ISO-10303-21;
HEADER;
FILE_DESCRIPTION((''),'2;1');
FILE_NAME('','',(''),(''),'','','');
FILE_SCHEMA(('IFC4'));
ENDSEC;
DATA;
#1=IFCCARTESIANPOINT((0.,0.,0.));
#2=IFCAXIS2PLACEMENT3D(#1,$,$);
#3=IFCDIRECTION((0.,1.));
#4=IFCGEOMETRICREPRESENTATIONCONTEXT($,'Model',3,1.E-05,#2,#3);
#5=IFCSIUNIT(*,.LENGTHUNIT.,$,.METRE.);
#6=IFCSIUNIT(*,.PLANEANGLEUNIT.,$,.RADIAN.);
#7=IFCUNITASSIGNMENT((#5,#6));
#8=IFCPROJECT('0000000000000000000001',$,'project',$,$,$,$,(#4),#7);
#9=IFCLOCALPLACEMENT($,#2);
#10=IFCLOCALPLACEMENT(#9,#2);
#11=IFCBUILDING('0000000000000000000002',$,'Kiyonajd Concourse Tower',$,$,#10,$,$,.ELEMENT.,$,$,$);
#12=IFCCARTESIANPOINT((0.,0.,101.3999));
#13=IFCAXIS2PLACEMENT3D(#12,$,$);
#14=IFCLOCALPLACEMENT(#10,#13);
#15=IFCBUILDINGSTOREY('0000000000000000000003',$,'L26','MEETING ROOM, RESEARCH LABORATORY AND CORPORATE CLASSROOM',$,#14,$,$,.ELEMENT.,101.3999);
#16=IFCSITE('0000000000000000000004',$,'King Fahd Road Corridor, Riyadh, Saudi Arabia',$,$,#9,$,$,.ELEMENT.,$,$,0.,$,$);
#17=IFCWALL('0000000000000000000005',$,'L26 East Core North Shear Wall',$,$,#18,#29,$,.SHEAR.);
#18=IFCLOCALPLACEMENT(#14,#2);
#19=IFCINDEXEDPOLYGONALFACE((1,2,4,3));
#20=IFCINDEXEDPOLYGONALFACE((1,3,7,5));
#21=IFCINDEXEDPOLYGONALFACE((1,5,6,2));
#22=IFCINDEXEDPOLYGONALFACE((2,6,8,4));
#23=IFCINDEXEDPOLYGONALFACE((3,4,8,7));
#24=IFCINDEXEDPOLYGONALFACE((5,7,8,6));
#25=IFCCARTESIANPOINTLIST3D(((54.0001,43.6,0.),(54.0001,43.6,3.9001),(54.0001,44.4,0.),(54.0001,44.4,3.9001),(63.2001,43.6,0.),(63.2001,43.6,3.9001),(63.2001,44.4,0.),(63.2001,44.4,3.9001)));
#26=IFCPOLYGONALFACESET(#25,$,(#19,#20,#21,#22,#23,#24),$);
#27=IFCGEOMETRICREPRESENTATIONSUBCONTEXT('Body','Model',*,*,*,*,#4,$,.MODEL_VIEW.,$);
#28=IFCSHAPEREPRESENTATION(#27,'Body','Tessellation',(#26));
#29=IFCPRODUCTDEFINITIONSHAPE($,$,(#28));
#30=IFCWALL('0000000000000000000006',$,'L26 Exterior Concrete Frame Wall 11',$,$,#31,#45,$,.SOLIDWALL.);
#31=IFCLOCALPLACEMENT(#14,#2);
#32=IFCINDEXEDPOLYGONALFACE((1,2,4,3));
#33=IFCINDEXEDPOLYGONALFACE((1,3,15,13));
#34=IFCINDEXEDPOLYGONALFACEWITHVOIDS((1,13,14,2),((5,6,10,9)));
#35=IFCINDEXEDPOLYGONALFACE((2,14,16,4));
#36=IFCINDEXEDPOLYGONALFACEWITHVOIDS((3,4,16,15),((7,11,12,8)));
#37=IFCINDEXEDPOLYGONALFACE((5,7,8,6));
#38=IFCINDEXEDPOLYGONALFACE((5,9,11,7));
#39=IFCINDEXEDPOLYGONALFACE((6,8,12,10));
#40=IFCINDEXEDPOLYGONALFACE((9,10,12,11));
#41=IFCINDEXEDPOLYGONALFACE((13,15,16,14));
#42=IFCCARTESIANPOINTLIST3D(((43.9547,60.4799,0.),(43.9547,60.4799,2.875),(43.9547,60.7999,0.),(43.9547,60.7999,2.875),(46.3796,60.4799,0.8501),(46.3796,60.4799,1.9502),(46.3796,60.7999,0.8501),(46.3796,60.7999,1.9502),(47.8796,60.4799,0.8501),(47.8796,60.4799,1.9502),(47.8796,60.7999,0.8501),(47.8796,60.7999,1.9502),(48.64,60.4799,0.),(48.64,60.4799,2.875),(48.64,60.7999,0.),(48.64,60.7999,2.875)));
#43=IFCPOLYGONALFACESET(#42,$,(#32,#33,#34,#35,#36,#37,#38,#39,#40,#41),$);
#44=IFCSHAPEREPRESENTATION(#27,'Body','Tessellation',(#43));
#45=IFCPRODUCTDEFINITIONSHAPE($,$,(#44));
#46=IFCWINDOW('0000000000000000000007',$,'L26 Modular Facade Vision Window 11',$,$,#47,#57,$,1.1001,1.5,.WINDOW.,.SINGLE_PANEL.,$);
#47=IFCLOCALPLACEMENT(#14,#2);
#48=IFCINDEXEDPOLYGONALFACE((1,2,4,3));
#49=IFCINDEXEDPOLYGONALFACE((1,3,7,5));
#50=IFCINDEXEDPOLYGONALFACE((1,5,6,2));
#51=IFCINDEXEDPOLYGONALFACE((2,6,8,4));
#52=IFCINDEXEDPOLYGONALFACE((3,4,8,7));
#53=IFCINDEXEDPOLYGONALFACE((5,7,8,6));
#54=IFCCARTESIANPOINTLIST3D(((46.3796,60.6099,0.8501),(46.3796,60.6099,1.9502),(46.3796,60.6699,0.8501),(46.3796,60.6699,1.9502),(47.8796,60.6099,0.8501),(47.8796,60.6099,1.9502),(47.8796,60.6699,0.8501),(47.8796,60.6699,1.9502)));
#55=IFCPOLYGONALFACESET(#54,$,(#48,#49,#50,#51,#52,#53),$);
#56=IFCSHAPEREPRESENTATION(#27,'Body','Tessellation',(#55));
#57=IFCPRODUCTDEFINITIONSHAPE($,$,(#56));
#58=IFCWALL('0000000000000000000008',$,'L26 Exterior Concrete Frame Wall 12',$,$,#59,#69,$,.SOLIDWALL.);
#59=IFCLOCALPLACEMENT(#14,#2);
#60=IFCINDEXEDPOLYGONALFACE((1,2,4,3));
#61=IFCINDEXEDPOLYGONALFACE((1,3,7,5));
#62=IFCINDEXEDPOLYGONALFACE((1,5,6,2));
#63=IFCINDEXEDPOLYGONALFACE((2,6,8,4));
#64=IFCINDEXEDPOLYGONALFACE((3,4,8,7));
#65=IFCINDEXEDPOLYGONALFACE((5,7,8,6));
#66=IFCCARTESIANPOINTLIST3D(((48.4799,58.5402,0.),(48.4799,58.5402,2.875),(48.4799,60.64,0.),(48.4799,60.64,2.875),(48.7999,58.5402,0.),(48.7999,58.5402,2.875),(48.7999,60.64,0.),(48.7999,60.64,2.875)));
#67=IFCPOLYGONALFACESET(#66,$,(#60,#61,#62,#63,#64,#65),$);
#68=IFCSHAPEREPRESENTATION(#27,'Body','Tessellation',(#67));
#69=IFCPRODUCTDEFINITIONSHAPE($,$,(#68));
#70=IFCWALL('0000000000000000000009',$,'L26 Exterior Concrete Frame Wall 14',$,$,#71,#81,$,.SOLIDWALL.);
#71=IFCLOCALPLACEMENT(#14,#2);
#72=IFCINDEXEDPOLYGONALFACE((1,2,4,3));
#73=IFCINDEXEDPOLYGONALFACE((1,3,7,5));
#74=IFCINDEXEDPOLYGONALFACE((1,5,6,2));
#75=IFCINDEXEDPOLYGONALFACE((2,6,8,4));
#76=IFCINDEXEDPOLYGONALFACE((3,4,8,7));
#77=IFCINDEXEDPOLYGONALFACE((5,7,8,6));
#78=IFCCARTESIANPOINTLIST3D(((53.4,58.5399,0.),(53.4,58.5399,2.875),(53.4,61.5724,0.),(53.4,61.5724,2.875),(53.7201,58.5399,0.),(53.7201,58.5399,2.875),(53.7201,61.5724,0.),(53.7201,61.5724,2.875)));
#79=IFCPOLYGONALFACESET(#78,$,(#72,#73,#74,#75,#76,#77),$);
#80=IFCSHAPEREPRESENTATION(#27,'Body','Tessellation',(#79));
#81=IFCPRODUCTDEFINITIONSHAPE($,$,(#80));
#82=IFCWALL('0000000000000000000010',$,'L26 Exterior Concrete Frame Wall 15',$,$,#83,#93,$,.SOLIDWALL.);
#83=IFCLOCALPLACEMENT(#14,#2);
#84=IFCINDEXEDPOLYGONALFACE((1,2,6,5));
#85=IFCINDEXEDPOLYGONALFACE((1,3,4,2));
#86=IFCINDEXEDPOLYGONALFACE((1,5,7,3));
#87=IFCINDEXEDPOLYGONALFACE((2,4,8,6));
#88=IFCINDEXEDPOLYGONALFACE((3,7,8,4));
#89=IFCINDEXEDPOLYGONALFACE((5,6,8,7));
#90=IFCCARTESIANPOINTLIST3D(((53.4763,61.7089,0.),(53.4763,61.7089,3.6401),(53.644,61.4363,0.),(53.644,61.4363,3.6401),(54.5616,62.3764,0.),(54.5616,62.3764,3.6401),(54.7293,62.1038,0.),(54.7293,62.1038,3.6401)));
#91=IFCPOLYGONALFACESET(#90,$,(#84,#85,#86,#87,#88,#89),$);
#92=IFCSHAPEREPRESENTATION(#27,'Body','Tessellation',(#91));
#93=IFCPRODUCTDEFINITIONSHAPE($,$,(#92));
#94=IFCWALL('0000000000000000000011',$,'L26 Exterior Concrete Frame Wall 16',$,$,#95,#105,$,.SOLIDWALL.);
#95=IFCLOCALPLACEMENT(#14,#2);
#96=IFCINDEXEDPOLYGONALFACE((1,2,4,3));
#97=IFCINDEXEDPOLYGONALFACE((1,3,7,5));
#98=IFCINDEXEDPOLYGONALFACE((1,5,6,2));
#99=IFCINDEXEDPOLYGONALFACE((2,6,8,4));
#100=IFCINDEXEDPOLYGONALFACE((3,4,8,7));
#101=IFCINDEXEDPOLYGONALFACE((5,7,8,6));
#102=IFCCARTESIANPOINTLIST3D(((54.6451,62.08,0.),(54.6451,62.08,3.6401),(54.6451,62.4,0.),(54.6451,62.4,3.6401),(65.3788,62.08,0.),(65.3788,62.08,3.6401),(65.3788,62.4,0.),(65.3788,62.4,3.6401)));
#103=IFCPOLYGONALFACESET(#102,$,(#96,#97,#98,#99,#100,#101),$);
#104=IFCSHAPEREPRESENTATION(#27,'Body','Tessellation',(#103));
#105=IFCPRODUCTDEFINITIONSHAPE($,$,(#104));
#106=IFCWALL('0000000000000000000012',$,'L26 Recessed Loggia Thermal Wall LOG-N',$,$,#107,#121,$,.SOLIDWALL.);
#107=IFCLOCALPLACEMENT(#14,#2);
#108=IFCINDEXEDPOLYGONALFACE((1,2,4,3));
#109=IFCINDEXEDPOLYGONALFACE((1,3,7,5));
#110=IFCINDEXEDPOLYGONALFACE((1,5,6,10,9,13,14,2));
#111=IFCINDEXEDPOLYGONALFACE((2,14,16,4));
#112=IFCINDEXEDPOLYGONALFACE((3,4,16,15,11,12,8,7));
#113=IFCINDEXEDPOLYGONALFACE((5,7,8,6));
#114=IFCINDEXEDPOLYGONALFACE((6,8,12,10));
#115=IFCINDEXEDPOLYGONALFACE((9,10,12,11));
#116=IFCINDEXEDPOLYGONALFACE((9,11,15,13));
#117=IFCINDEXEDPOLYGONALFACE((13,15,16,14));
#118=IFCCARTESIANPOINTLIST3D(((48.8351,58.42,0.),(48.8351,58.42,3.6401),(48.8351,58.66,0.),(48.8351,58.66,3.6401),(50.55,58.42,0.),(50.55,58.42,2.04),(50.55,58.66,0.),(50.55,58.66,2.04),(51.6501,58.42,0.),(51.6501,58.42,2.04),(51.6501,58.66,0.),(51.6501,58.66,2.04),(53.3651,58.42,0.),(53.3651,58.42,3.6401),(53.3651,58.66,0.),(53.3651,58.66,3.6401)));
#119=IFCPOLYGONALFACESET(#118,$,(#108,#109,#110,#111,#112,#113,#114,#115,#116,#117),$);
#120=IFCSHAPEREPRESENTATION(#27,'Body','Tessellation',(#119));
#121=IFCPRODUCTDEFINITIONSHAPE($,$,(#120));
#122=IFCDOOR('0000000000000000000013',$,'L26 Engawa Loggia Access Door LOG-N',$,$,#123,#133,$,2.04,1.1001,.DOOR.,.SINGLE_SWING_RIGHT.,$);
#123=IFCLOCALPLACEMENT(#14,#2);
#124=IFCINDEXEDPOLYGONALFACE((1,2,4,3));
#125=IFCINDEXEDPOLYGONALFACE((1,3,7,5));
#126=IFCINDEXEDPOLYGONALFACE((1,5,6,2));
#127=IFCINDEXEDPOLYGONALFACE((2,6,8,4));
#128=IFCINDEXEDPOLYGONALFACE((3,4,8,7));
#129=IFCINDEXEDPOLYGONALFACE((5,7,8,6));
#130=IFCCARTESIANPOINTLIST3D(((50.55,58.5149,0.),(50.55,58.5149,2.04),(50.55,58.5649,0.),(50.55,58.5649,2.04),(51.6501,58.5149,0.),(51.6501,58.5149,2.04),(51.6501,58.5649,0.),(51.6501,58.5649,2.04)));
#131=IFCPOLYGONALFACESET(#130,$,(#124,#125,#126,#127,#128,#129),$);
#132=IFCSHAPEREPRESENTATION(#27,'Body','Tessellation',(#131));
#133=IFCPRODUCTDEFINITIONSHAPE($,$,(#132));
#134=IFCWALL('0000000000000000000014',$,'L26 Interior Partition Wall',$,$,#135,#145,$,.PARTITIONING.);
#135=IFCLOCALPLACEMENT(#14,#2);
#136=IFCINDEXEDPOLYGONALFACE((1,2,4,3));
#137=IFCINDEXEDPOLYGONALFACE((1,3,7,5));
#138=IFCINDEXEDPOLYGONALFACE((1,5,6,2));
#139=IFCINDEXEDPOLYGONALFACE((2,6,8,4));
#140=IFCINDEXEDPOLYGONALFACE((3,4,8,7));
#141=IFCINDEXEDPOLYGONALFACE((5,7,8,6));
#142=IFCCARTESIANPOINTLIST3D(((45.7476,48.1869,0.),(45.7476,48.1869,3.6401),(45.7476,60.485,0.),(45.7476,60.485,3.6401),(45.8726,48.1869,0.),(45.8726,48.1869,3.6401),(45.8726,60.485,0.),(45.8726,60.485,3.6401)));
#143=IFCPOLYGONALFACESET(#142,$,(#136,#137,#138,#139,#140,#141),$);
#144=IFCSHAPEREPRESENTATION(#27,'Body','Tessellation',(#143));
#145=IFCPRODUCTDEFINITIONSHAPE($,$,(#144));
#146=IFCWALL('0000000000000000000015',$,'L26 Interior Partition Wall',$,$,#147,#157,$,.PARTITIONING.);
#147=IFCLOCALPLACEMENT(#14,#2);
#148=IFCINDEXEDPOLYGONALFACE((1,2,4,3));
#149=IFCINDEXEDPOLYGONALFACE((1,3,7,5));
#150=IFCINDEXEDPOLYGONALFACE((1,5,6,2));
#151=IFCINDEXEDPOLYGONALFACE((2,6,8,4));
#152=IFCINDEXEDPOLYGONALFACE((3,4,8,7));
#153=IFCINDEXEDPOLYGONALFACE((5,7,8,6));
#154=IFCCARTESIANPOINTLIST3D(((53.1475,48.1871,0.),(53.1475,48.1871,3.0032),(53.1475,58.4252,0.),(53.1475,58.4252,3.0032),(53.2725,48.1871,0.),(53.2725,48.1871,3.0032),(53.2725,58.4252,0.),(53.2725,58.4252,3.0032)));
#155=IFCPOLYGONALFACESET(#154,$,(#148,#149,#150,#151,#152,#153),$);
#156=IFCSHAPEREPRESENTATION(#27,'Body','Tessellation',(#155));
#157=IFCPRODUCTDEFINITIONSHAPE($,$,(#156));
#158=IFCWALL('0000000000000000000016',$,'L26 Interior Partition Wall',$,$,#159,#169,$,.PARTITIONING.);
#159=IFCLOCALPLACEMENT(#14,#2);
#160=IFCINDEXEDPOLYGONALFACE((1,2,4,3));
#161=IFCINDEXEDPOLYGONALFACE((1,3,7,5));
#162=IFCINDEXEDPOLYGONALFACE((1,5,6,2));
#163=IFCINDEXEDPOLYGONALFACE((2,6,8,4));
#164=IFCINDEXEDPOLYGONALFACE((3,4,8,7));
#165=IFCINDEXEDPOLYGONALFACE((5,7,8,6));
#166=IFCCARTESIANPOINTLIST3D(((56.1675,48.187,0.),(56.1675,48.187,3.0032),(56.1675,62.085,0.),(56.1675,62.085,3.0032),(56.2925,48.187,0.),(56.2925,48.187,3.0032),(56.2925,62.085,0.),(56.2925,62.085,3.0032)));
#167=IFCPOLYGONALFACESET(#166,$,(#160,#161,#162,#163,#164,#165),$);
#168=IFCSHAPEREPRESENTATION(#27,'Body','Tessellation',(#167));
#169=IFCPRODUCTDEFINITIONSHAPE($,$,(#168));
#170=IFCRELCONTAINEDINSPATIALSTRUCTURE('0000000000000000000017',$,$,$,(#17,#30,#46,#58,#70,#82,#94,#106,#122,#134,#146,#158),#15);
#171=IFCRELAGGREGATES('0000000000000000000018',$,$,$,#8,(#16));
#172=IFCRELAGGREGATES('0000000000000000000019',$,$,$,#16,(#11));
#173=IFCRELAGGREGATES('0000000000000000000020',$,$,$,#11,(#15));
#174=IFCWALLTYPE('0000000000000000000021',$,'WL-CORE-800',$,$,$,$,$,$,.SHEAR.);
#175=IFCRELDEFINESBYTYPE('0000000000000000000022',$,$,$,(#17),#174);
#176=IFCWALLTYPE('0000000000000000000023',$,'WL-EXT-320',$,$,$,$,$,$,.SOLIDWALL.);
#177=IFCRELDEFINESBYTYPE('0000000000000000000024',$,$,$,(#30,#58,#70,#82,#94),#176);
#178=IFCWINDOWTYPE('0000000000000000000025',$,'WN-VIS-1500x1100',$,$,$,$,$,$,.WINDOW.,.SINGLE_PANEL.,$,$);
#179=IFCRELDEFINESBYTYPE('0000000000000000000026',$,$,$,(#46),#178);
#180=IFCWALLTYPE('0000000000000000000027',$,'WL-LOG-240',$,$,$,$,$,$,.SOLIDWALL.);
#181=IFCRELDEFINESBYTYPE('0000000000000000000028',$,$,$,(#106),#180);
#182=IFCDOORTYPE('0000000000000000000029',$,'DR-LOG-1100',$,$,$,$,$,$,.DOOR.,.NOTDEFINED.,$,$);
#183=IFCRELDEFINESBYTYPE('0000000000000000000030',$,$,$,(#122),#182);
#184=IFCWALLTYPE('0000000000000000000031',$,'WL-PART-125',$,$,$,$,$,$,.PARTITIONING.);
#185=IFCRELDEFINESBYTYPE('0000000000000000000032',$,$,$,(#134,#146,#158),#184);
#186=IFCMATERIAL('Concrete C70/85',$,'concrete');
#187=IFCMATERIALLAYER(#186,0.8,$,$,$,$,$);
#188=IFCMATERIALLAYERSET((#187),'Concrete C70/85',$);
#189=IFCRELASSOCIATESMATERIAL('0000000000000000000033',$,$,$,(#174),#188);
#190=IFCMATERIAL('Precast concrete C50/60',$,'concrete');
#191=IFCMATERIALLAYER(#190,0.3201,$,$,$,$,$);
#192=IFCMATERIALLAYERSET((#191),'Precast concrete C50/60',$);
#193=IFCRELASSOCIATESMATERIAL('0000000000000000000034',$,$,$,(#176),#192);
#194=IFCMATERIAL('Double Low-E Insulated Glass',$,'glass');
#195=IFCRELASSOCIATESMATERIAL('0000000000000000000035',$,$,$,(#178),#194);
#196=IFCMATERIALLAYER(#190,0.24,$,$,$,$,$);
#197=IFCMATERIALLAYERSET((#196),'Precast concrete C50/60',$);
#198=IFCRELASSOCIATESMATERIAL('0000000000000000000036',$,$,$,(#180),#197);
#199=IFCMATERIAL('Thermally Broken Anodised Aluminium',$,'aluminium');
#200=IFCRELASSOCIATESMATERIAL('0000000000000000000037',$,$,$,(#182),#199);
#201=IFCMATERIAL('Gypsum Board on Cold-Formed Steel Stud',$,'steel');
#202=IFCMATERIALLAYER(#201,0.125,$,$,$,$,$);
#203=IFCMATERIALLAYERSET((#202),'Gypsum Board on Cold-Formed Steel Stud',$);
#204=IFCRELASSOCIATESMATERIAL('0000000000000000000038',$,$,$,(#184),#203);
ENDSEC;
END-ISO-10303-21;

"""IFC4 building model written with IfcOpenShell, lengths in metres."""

from ifc_helpers import new_model, si_unit, direction, frame, frame_2d, origin, place, context, subcontext, project, spatial, rectangle, extrude, material, layer, layer_set, type_object, element, fill, save


model = new_model("IFC4")

# Units and contexts
model_context = context("Model", 3, precision=1e-05, world=origin(), true_north=direction((0.0, 1.0)))
body_context = subcontext(model_context, "Body", "Model", "MODEL_VIEW")
ifc_project = project(units=[si_unit("LENGTHUNIT", "METRE"), si_unit("PLANEANGLEUNIT", "RADIAN")], contexts=[model_context])

# Site, building, storey
site_placement = place(None, origin())
site = spatial("IfcSite", under=ifc_project, at=site_placement, Name="King Fahd Road Corridor, Riyadh, Saudi Arabia", CompositionType="ELEMENT", RefElevation=0.0)
building_placement = place(site_placement, origin())
building = spatial("IfcBuilding", under=site, at=building_placement, Name="Kiyonajd Concourse Tower", CompositionType="ELEMENT")
storey_placement = place(building_placement, frame((0.0, 0.0, 101.3999)))
storey = spatial("IfcBuildingStorey", under=building, at=storey_placement, Name="L26", Description="MEETING ROOM, RESEARCH LABORATORY AND CORPORATE CLASSROOM", CompositionType="ELEMENT", Elevation=101.3999)

# Shared definitions
ifc_material_1 = material(Name="Concrete C70/85", Category="concrete")

# Shared definitions
ifc_material_2 = material(Name="Precast concrete C50/60", Category="concrete")

# Shared definitions
ifc_material_3 = material(Name="Thermally Broken Anodised Aluminium", Category="aluminium")

# Wall
ifc_layer_1 = layer(ifc_material_1, 0.8)
ifc_layer_set_1 = layer_set([ifc_layer_1], Name="Concrete C70/85")
wall_type_1 = type_object("IfcWallType", Name="WL-CORE-800", PredefinedType="SHEAR", material=ifc_layer_set_1)
wall_1_placement = place(storey_placement, frame((54.0, 44.0, 0.0), z_axis=(0.0, 0.0, 1.0), x_axis=(1.0, 0.0, 0.0)))
element("IfcWall", 1, at=wall_1_placement, inside=storey, type_object=wall_type_1, Name="L26 East Core North Shear Wall", PredefinedType="SHEAR", context=body_context, shape_type="SweptSolid", body=[
    extrude(rectangle(XDim=9.2, YDim=0.8, at=frame_2d((4.6001, 0.0))), origin(), (0.0, 0.0, 1.0), 3.9001),
])

# Wall, opening, window
ifc_layer_2 = layer(ifc_material_2, 0.3201)
ifc_layer_set_2 = layer_set([ifc_layer_2], Name="Precast concrete C50/60")
wall_type_2 = type_object("IfcWallType", Name="WL-EXT-320", PredefinedType="SOLIDWALL", material=ifc_layer_set_2)
wall_2_placement = place(storey_placement, frame((43.9546, 60.6399, 0.0), z_axis=(0.0, 0.0, 1.0), x_axis=(1.0, 0.0, 0.0)))
wall_2 = element("IfcWall", 2, at=wall_2_placement, inside=storey, type_object=wall_type_2, Name="L26 Exterior Concrete Frame Wall 11", PredefinedType="SOLIDWALL", context=body_context, shape_type="SweptSolid", body=[
    extrude(rectangle(XDim=4.6853, YDim=0.3201, at=frame_2d((2.3428, 0.0))), origin(), (0.0, 0.0, 1.0), 2.875),
])
opening_1_placement = place(wall_2_placement, frame((2.425, 0.0, 0.8501)))
opening_1 = element("IfcOpeningElement", 3, at=opening_1_placement, cuts=wall_2, PredefinedType="OPENING", context=body_context, shape_type="SweptSolid", body=[
    extrude(rectangle(XDim=1.5, YDim=1.1001, at=frame_2d((0.75, 0.55))), frame((0.0, 0.1699, 0.0), z_axis=(0.0, -1.0, 0.0), x_axis=(1.0, 0.0, 0.0)), (0.0, 0.0, 1.0), 0.3401),
])
ifc_material_4 = material(Name="Double Low-E Insulated Glass", Category="glass")
window_type = type_object("IfcWindowType", Name="WN-VIS-1500x1100", PartitioningType="SINGLE_PANEL", PredefinedType="WINDOW", material=ifc_material_4)
window_placement = place(opening_1_placement, origin())
window = element("IfcWindow", 4, at=window_placement, inside=storey, type_object=window_type, Name="L26 Modular Facade Vision Window 11", OverallHeight=1.1001, OverallWidth=1.5, PartitioningType="SINGLE_PANEL", PredefinedType="WINDOW", context=body_context, shape_type="SweptSolid", body=[
    extrude(rectangle(XDim=1.5, YDim=1.1001, at=frame_2d((0.75, 0.55))), frame((0.0, 0.03, 0.0), z_axis=(0.0, -1.0, 0.0), x_axis=(1.0, 0.0, 0.0)), (0.0, 0.0, 1.0), 0.0601),
])
fill(opening_1, window)

# Walls
wall_3_placement = place(storey_placement, frame((48.6399, 60.6399, 0.0), z_axis=(0.0, 0.0, 1.0), x_axis=(0.0, -1.0, 0.0)))
element("IfcWall", 5, at=wall_3_placement, inside=storey, type_object=wall_type_2, Name="L26 Exterior Concrete Frame Wall 12", PredefinedType="SOLIDWALL", context=body_context, shape_type="SweptSolid", body=[
    extrude(rectangle(XDim=2.0999, YDim=0.3201, at=frame_2d((1.0498, 0.0))), origin(), (0.0, 0.0, 1.0), 2.875),
])
wall_4_placement = place(storey_placement, frame((53.5601, 58.54, 0.0), z_axis=(0.0, 0.0, 1.0), x_axis=(0.0, 1.0, 0.0)))
element("IfcWall", 6, at=wall_4_placement, inside=storey, type_object=wall_type_2, Name="L26 Exterior Concrete Frame Wall 14", PredefinedType="SOLIDWALL", context=body_context, shape_type="SweptSolid", body=[
    extrude(rectangle(XDim=3.0325, YDim=0.3201, at=frame_2d((1.5161, 0.0))), origin(), (0.0, 0.0, 1.0), 2.875),
])
wall_5_placement = place(storey_placement, frame((53.5601, 61.5725, 0.0), z_axis=(0.0, 0.0, 1.0), x_axis=(0.851777, 0.523905, 0.0)))
element("IfcWall", 7, at=wall_5_placement, inside=storey, type_object=wall_type_2, Name="L26 Exterior Concrete Frame Wall 15", PredefinedType="SOLIDWALL", context=body_context, shape_type="SweptSolid", body=[
    extrude(rectangle(XDim=1.2742, YDim=0.3201, at=frame_2d((0.6372, 0.0))), origin(), (0.0, 0.0, 1.0), 3.6401),
])
wall_6_placement = place(storey_placement, frame((54.6453, 62.24, 0.0), z_axis=(0.0, 0.0, 1.0), x_axis=(1.0, 0.0, 0.0)))
element("IfcWall", 8, at=wall_6_placement, inside=storey, type_object=wall_type_2, Name="L26 Exterior Concrete Frame Wall 16", PredefinedType="SOLIDWALL", context=body_context, shape_type="SweptSolid", body=[
    extrude(rectangle(XDim=10.7336, YDim=0.3201, at=frame_2d((5.3667, 0.0))), origin(), (0.0, 0.0, 1.0), 3.6401),
])

# Wall, opening, door
ifc_layer_3 = layer(ifc_material_2, 0.24)
ifc_layer_set_3 = layer_set([ifc_layer_3], Name="Precast concrete C50/60")
wall_type_3 = type_object("IfcWallType", Name="WL-LOG-240", PredefinedType="SOLIDWALL", material=ifc_layer_set_3)
wall_7_placement = place(storey_placement, frame((48.835, 58.54, 0.0), z_axis=(0.0, 0.0, 1.0), x_axis=(1.0, 0.0, 0.0)))
wall_7 = element("IfcWall", 9, at=wall_7_placement, inside=storey, type_object=wall_type_3, Name="L26 Recessed Loggia Thermal Wall LOG-N", PredefinedType="SOLIDWALL", context=body_context, shape_type="SweptSolid", body=[
    extrude(rectangle(XDim=4.53, YDim=0.24, at=frame_2d((2.2651, 0.0))), origin(), (0.0, 0.0, 1.0), 3.6401),
])
opening_2_placement = place(wall_7_placement, frame((1.7151, 0.0, 0.0)))
opening_2 = element("IfcOpeningElement", 10, at=opening_2_placement, cuts=wall_7, PredefinedType="OPENING", context=body_context, shape_type="SweptSolid", body=[
    extrude(rectangle(XDim=1.1001, YDim=2.04, at=frame_2d((0.55, 1.02))), frame((0.0, 0.1299, 0.0), z_axis=(0.0, -1.0, 0.0), x_axis=(1.0, 0.0, 0.0)), (0.0, 0.0, 1.0), 0.26),
])
door_type = type_object("IfcDoorType", Name="DR-LOG-1100", OperationType="NOTDEFINED", PredefinedType="DOOR", material=ifc_material_3)
door_placement = place(opening_2_placement, origin())
door = element("IfcDoor", 11, at=door_placement, inside=storey, type_object=door_type, Name="L26 Engawa Loggia Access Door LOG-N", OperationType="SINGLE_SWING_RIGHT", OverallHeight=2.04, OverallWidth=1.1001, PredefinedType="DOOR", context=body_context, shape_type="SweptSolid", body=[
    extrude(rectangle(XDim=1.1001, YDim=2.04, at=frame_2d((0.55, 1.02))), frame((0.0, 0.0249, 0.0), z_axis=(0.0, -1.0, 0.0), x_axis=(1.0, 0.0, 0.0)), (0.0, 0.0, 1.0), 0.05),
])
fill(opening_2, door)

# Walls
ifc_material_5 = material(Name="Gypsum Board on Cold-Formed Steel Stud", Category="steel")
ifc_layer_4 = layer(ifc_material_5, 0.125)
ifc_layer_set_4 = layer_set([ifc_layer_4], Name="Gypsum Board on Cold-Formed Steel Stud")
wall_type_4 = type_object("IfcWallType", Name="WL-PART-125", PredefinedType="PARTITIONING", material=ifc_layer_set_4)
wall_8_placement = place(storey_placement, frame((45.8101, 48.187, 0.0), z_axis=(0.0, 0.0, 1.0), x_axis=(0.0, 1.0, 0.0)))
element("IfcWall", 12, at=wall_8_placement, inside=storey, type_object=wall_type_4, Name="L26 Interior Partition Wall", PredefinedType="PARTITIONING", context=body_context, shape_type="SweptSolid", body=[
    extrude(rectangle(XDim=12.2981, YDim=0.125, at=frame_2d((6.1489, 0.0))), origin(), (0.0, 0.0, 1.0), 3.6401),
])
wall_9_placement = place(storey_placement, frame((53.21, 48.187, 0.0), z_axis=(0.0, 0.0, 1.0), x_axis=(0.0, 1.0, 0.0)))
element("IfcWall", 13, at=wall_9_placement, inside=storey, type_object=wall_type_4, Name="L26 Interior Partition Wall", PredefinedType="PARTITIONING", context=body_context, shape_type="SweptSolid", body=[
    extrude(rectangle(XDim=10.238, YDim=0.125, at=frame_2d((5.1191, 0.0))), origin(), (0.0, 0.0, 1.0), 3.0032),
])
wall_10_placement = place(storey_placement, frame((56.23, 48.187, 0.0), z_axis=(0.0, 0.0, 1.0), x_axis=(0.0, 1.0, 0.0)))
element("IfcWall", 14, at=wall_10_placement, inside=storey, type_object=wall_type_4, Name="L26 Interior Partition Wall", PredefinedType="PARTITIONING", context=body_context, shape_type="SweptSolid", body=[
    extrude(rectangle(XDim=13.8979, YDim=0.125, at=frame_2d((6.949, 0.0))), origin(), (0.0, 0.0, 1.0), 3.0032),
])

save(model, "model.ifc")
